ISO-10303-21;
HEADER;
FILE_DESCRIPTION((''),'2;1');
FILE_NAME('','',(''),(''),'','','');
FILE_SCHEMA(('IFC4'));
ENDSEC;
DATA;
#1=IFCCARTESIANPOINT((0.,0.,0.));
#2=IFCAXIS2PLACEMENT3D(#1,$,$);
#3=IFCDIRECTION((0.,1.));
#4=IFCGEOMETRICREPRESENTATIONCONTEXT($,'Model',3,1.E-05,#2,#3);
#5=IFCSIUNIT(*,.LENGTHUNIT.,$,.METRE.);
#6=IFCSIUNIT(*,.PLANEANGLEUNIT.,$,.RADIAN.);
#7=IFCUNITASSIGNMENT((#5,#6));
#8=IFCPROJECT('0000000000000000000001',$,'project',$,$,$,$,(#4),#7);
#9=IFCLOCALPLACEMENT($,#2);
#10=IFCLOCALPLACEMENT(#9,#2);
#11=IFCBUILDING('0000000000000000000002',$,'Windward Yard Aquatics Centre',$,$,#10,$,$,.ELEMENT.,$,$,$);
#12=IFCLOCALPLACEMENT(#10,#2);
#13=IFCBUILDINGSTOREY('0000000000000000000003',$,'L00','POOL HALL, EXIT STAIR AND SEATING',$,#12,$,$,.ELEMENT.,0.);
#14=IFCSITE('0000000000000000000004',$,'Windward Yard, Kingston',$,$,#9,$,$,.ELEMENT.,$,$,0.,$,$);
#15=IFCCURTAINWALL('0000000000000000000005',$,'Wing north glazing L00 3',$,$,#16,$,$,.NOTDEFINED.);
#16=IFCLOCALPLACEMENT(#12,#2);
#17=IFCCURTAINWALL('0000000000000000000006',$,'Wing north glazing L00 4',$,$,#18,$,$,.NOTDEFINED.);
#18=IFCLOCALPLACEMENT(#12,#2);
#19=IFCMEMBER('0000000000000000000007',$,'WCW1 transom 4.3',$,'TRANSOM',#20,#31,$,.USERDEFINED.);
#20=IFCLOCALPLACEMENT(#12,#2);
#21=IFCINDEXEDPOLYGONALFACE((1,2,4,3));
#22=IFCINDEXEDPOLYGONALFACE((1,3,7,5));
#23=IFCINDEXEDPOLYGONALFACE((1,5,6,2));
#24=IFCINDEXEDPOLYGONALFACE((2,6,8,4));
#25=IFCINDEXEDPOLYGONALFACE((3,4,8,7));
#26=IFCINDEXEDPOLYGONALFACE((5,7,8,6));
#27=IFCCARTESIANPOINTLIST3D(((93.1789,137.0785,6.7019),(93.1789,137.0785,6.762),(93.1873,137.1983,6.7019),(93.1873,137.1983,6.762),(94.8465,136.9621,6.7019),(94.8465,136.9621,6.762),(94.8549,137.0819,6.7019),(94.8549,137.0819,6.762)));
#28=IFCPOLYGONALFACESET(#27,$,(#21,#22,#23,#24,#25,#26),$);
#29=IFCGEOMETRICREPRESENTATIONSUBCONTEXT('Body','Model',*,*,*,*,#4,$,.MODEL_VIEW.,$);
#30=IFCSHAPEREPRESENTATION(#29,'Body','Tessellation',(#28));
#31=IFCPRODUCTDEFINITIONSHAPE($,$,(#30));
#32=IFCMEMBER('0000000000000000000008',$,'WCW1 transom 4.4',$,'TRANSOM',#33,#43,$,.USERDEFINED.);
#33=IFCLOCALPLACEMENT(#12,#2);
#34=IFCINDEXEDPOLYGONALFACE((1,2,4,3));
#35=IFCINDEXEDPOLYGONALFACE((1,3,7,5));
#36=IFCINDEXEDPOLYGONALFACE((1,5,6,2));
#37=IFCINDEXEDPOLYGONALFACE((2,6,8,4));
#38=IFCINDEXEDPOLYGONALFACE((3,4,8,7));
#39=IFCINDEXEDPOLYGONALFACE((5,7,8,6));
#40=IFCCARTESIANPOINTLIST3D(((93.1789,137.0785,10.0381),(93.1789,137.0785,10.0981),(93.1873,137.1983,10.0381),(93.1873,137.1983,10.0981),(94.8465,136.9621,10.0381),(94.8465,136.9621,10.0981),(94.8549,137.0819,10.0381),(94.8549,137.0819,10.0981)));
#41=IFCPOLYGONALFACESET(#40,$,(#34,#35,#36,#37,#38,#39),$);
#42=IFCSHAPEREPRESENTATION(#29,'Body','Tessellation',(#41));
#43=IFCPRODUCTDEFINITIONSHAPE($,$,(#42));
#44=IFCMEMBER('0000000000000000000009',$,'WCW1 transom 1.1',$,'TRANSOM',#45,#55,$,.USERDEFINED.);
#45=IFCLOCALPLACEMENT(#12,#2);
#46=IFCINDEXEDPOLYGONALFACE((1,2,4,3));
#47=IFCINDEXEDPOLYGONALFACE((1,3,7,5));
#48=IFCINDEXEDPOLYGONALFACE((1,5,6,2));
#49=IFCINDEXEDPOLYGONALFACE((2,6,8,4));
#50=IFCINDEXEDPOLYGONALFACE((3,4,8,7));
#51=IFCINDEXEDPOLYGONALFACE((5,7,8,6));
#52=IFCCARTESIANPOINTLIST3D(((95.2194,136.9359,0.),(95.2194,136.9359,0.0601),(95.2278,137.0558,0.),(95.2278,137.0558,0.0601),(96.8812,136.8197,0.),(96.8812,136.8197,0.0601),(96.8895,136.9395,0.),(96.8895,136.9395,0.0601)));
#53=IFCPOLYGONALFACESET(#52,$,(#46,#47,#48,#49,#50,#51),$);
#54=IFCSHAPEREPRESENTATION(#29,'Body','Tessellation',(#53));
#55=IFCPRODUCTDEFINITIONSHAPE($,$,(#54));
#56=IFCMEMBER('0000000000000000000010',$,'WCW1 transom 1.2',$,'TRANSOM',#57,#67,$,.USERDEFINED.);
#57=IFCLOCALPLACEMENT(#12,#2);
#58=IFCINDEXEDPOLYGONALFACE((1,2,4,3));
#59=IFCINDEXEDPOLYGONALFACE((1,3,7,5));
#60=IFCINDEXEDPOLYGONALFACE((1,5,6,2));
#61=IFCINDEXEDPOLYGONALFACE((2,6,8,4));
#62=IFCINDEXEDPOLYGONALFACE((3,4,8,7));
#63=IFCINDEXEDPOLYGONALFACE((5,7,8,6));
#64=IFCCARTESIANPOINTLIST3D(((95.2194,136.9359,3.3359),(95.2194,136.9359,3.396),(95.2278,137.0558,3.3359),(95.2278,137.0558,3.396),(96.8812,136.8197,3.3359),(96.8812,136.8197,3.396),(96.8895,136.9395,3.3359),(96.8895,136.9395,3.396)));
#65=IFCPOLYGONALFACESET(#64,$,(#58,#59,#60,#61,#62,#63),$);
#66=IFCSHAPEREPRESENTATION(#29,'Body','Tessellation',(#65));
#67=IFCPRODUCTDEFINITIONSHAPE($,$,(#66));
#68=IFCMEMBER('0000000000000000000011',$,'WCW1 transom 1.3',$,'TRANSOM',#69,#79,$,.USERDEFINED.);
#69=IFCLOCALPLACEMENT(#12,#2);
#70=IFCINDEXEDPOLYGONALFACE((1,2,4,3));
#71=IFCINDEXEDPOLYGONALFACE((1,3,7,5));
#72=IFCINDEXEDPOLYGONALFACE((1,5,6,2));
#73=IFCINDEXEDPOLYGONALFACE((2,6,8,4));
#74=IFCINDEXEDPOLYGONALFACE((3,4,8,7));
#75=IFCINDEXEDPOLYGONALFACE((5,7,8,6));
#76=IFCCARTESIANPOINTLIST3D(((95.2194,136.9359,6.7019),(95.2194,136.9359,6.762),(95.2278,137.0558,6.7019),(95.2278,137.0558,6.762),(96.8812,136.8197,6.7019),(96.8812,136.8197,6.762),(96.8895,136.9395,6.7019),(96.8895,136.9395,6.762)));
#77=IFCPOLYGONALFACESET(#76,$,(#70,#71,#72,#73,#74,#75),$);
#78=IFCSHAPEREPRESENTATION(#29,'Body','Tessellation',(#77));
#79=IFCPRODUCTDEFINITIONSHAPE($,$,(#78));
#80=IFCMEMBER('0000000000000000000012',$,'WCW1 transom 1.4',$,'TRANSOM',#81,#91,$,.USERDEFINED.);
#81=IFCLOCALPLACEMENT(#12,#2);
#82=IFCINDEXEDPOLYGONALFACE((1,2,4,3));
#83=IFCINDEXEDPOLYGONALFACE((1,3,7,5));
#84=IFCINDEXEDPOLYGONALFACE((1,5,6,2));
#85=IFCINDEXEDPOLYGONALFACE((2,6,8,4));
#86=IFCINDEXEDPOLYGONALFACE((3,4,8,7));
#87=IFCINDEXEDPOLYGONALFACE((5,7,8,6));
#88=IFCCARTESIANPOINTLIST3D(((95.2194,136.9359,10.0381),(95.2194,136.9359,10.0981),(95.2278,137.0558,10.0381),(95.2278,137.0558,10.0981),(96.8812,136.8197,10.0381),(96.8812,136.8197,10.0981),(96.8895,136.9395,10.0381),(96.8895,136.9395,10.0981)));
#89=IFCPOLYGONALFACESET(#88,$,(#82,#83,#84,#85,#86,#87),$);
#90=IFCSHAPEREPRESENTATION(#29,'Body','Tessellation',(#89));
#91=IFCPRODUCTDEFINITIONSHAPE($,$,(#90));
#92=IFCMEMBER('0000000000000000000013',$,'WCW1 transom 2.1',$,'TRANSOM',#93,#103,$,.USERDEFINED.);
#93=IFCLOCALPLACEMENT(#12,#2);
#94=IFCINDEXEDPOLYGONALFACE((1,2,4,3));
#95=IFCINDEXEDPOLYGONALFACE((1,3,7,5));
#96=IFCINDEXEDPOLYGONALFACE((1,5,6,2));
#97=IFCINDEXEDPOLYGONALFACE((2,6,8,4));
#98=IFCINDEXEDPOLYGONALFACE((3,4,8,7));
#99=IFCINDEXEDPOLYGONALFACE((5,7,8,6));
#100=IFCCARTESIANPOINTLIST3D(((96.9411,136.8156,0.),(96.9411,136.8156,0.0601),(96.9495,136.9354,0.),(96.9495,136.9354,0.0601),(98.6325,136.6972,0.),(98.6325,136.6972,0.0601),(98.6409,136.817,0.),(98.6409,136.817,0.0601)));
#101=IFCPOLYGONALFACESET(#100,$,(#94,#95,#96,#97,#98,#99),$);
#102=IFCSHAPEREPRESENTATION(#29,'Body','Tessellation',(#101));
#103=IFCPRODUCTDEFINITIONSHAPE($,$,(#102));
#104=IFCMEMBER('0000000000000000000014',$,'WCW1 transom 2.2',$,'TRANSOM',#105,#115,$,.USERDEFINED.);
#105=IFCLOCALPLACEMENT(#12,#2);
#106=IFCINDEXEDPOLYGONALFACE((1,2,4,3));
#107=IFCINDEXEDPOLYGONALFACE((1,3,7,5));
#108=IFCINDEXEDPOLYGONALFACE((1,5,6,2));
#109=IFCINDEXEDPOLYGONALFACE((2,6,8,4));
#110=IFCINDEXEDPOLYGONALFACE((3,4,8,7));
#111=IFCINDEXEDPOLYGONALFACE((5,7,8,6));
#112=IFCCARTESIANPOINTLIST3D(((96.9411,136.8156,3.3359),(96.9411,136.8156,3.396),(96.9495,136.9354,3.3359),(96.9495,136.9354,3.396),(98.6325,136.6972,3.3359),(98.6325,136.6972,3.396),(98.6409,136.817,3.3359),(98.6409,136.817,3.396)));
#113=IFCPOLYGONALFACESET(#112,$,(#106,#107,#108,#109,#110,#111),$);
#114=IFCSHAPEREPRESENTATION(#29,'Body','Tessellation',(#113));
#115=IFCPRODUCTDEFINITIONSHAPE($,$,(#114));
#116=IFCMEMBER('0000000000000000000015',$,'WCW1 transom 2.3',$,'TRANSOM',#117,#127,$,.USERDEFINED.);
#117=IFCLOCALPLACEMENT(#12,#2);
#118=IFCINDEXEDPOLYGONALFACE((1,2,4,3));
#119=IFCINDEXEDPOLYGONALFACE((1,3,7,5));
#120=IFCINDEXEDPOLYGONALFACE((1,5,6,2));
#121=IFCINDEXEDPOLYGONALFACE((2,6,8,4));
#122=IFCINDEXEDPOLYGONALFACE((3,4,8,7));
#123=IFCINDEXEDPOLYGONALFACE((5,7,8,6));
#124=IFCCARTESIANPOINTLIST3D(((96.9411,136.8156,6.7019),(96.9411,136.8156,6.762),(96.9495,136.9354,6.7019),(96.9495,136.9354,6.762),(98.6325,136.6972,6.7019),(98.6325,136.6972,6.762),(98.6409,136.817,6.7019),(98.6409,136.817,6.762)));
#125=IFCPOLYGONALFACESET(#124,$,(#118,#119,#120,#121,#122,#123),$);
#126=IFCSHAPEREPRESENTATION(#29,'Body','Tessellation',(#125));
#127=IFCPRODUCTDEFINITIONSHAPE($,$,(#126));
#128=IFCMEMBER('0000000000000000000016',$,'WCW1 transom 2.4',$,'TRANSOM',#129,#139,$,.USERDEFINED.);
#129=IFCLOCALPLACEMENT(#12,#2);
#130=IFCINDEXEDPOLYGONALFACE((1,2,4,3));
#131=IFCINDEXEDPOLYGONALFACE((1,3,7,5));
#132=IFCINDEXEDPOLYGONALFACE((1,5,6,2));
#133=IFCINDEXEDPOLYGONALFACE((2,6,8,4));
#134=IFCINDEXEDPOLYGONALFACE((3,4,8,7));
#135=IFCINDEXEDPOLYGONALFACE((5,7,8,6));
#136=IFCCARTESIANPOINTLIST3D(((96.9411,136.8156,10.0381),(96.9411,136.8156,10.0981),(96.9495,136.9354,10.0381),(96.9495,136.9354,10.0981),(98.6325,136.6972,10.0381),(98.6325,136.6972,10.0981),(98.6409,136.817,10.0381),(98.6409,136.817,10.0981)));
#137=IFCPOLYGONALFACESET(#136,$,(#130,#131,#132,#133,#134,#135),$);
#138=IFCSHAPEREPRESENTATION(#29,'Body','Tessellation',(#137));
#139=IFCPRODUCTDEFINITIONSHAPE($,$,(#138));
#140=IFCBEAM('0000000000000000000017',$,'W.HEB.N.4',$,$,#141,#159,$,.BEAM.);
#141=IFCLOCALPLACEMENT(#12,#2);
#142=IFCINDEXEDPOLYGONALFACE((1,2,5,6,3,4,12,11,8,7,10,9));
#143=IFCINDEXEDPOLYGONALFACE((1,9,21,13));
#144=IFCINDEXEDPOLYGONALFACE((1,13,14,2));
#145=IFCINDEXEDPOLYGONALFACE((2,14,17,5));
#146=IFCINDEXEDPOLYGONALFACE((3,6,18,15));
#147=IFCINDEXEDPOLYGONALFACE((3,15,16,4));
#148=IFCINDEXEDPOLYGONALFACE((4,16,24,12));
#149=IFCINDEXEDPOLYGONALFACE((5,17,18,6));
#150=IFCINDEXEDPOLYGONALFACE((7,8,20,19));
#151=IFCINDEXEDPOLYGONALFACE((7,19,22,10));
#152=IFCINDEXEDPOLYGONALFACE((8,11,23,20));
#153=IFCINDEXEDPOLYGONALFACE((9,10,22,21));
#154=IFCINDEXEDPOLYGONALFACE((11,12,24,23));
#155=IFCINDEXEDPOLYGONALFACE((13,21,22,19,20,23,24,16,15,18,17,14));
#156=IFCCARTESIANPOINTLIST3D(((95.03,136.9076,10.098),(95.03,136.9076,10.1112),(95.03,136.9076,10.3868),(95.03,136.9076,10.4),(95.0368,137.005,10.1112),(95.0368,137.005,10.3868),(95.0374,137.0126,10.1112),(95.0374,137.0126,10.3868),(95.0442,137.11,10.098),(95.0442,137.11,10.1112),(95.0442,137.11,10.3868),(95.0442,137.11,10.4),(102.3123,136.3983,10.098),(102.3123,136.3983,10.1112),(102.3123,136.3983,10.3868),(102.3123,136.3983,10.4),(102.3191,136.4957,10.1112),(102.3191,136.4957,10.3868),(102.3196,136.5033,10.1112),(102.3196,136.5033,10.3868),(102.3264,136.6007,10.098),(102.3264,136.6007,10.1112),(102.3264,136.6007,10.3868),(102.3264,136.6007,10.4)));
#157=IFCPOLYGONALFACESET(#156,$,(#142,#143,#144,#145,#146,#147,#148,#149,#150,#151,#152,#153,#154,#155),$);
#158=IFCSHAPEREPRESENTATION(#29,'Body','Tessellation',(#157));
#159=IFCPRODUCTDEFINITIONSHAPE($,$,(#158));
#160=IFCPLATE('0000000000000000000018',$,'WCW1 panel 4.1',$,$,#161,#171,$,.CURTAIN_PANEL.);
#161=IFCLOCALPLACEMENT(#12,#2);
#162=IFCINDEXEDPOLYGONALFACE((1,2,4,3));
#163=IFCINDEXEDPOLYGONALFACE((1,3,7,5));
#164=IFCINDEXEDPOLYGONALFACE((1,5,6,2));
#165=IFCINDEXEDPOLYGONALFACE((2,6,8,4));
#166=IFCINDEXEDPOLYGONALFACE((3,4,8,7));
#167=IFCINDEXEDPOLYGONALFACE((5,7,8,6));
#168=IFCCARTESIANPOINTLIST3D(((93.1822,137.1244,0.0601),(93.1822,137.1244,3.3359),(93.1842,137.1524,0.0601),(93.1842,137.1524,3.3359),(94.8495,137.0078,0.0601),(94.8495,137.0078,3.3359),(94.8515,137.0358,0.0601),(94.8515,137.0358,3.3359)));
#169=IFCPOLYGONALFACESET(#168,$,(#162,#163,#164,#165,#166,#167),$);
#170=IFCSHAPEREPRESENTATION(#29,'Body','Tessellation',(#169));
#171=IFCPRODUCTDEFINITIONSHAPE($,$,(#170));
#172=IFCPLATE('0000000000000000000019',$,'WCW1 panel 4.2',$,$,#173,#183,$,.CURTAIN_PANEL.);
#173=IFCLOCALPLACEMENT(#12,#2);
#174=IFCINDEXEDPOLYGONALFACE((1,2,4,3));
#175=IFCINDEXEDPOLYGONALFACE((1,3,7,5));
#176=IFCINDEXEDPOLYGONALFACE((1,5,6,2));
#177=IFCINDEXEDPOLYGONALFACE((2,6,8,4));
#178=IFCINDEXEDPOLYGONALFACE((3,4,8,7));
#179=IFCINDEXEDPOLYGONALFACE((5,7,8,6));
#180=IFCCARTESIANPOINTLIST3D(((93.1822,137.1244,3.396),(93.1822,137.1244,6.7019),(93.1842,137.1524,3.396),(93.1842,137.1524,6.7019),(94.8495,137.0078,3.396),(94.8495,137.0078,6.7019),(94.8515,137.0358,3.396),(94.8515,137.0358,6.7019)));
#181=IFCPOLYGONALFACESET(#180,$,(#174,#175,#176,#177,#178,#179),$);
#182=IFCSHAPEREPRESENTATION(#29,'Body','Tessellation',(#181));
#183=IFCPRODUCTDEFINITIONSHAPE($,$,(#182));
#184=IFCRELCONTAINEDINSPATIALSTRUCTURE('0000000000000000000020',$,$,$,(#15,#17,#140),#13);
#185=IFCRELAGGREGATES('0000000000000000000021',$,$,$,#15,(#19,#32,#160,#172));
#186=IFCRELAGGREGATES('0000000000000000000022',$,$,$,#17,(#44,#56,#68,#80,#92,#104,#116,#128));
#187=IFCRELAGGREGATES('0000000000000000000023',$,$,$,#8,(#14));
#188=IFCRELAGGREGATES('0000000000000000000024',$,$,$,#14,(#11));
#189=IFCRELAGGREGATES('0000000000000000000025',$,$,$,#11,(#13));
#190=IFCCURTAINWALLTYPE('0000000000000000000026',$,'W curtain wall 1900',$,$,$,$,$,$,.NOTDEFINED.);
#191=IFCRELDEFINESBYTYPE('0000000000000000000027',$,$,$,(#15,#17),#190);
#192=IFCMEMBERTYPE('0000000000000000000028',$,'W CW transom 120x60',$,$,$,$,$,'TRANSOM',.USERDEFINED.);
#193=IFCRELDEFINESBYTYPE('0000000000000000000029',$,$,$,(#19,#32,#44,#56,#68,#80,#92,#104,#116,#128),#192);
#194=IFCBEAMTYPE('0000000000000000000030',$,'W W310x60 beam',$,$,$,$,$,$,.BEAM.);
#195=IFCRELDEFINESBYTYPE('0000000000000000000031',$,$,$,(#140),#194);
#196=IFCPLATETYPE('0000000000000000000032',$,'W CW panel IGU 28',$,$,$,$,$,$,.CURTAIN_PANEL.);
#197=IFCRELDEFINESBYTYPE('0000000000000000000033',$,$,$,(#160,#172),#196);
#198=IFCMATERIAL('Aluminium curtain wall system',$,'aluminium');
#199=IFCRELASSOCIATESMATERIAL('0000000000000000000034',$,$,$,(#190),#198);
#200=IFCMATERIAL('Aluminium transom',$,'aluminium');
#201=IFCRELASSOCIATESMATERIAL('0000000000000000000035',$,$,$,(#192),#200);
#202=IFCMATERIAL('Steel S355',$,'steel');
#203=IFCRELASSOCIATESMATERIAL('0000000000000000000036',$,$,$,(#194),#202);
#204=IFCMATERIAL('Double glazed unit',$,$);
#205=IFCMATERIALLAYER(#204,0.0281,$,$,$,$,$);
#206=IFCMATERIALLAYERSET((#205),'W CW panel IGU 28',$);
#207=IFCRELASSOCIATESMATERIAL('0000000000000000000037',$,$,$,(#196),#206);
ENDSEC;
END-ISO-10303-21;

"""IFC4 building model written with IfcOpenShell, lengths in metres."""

from ifc_helpers import new_model, si_unit, direction, frame, origin, origin_2d, place, context, subcontext, project, spatial, rectangle, i_section, extrude, material, layer, layer_set, material_profile, profile_set, type_object, element, aggregate, save


model = new_model("IFC4")

# Units and contexts
model_context = context("Model", 3, precision=1e-05, world=origin(), true_north=direction((0.0, 1.0)))
body_context = subcontext(model_context, "Body", "Model", "MODEL_VIEW")
ifc_project = project(units=[si_unit("LENGTHUNIT", "METRE"), si_unit("PLANEANGLEUNIT", "RADIAN")], contexts=[model_context])

# Site, building, storey
site_placement = place(None, origin())
site = spatial("IfcSite", under=ifc_project, at=site_placement, Name="Windward Yard, Kingston", CompositionType="ELEMENT", RefElevation=0.0)
building_placement = place(site_placement, origin())
building = spatial("IfcBuilding", under=site, at=building_placement, Name="Windward Yard Aquatics Centre", CompositionType="ELEMENT")
storey_placement = place(building_placement, origin())
storey = spatial("IfcBuildingStorey", under=building, at=storey_placement, Name="L00", Description="POOL HALL, EXIT STAIR AND SEATING", CompositionType="ELEMENT", Elevation=0.0)

# Shared definitions
ifc_material_1 = material(Name="Steel S355", Category="steel")

# Curtain walls
ifc_material_2 = material(Name="Aluminium curtain wall system", Category="aluminium")
curtain_wall_type = type_object("IfcCurtainWallType", Name="W curtain wall 1900", PredefinedType="NOTDEFINED", material=ifc_material_2)
curtain_wall_1_placement = place(storey_placement, origin())
curtain_wall_1 = element("IfcCurtainWall", 1, at=curtain_wall_1_placement, inside=storey, type_object=curtain_wall_type, Name="Wing north glazing L00 3", PredefinedType="NOTDEFINED")
curtain_wall_2_placement = place(storey_placement, origin())
curtain_wall_2 = element("IfcCurtainWall", 2, at=curtain_wall_2_placement, inside=storey, type_object=curtain_wall_type, Name="Wing north glazing L00 4", PredefinedType="NOTDEFINED")

# Members
ifc_material_3 = material(Name="Aluminium transom", Category="aluminium")
ifc_material_profile_1 = material_profile(ifc_material_3, rectangle(XDim=0.1201, YDim=0.0601, at=origin_2d()), Name="AL 120x60")
ifc_profile_set_1 = profile_set([ifc_material_profile_1], Name="Aluminium transom")
member_type_1 = type_object("IfcMemberType", Name="W CW transom 120x60", ElementType="TRANSOM", PredefinedType="USERDEFINED", material=ifc_profile_set_1)
member_1_placement = place(storey_placement, frame((93.1831, 137.1384, 6.7319), z_axis=(0.99757, -0.069669, 0.0), x_axis=(0.069669, 0.99757, 0.0)))
member_1 = element("IfcMember", 3, at=member_1_placement, type_object=member_type_1, Name="WCW1 transom 4.3", ObjectType="TRANSOM", PredefinedType="USERDEFINED", context=body_context, shape_type="SweptSolid", body=[
    extrude(rectangle(XDim=0.1201, YDim=0.0601, at=origin_2d()), origin(), (0.0, 0.0, 1.0), 1.6716),
])
member_2_placement = place(storey_placement, frame((93.1831, 137.1384, 10.0681), z_axis=(0.99757, -0.069669, 0.0), x_axis=(0.069669, 0.99757, 0.0)))
member_2 = element("IfcMember", 4, at=member_2_placement, type_object=member_type_1, Name="WCW1 transom 4.4", ObjectType="TRANSOM", PredefinedType="USERDEFINED", context=body_context, shape_type="SweptSolid", body=[
    extrude(rectangle(XDim=0.1201, YDim=0.0601, at=origin_2d()), origin(), (0.0, 0.0, 1.0), 1.6716),
])
member_3_placement = place(storey_placement, frame((95.2236, 136.9958, 0.03), z_axis=(0.997563, -0.069768, 0.0), x_axis=(0.069768, 0.997563, 0.0)))
member_3 = element("IfcMember", 5, at=member_3_placement, type_object=member_type_1, Name="WCW1 transom 1.1", ObjectType="TRANSOM", PredefinedType="USERDEFINED", context=body_context, shape_type="SweptSolid", body=[
    extrude(rectangle(XDim=0.1201, YDim=0.0601, at=origin_2d()), origin(), (0.0, 0.0, 1.0), 1.6658),
])
member_4_placement = place(storey_placement, frame((95.2236, 136.9958, 3.366), z_axis=(0.997563, -0.069768, 0.0), x_axis=(0.069768, 0.997563, 0.0)))
member_4 = element("IfcMember", 6, at=member_4_placement, type_object=member_type_1, Name="WCW1 transom 1.2", ObjectType="TRANSOM", PredefinedType="USERDEFINED", context=body_context, shape_type="SweptSolid", body=[
    extrude(rectangle(XDim=0.1201, YDim=0.0601, at=origin_2d()), origin(), (0.0, 0.0, 1.0), 1.6658),
])
member_5_placement = place(storey_placement, frame((95.2236, 136.9958, 6.7319), z_axis=(0.997563, -0.069768, 0.0), x_axis=(0.069768, 0.997563, 0.0)))
member_5 = element("IfcMember", 7, at=member_5_placement, type_object=member_type_1, Name="WCW1 transom 1.3", ObjectType="TRANSOM", PredefinedType="USERDEFINED", context=body_context, shape_type="SweptSolid", body=[
    extrude(rectangle(XDim=0.1201, YDim=0.0601, at=origin_2d()), origin(), (0.0, 0.0, 1.0), 1.6658),
])
member_6_placement = place(storey_placement, frame((95.2236, 136.9958, 10.0681), z_axis=(0.997563, -0.069768, 0.0), x_axis=(0.069768, 0.997563, 0.0)))
member_6 = element("IfcMember", 8, at=member_6_placement, type_object=member_type_1, Name="WCW1 transom 1.4", ObjectType="TRANSOM", PredefinedType="USERDEFINED", context=body_context, shape_type="SweptSolid", body=[
    extrude(rectangle(XDim=0.1201, YDim=0.0601, at=origin_2d()), origin(), (0.0, 0.0, 1.0), 1.6658),
])
member_7_placement = place(storey_placement, frame((96.9453, 136.8755, 0.03), z_axis=(0.997559, -0.069835, 0.0), x_axis=(0.069835, 0.997559, 0.0)))
member_7 = element("IfcMember", 9, at=member_7_placement, type_object=member_type_1, Name="WCW1 transom 2.1", ObjectType="TRANSOM", PredefinedType="USERDEFINED", context=body_context, shape_type="SweptSolid", body=[
    extrude(rectangle(XDim=0.1201, YDim=0.0601, at=origin_2d()), origin(), (0.0, 0.0, 1.0), 1.6956),
])
member_8_placement = place(storey_placement, frame((96.9453, 136.8755, 3.366), z_axis=(0.997559, -0.069835, 0.0), x_axis=(0.069835, 0.997559, 0.0)))
member_8 = element("IfcMember", 10, at=member_8_placement, type_object=member_type_1, Name="WCW1 transom 2.2", ObjectType="TRANSOM", PredefinedType="USERDEFINED", context=body_context, shape_type="SweptSolid", body=[
    extrude(rectangle(XDim=0.1201, YDim=0.0601, at=origin_2d()), origin(), (0.0, 0.0, 1.0), 1.6956),
])
member_9_placement = place(storey_placement, frame((96.9453, 136.8755, 6.7319), z_axis=(0.997559, -0.069835, 0.0), x_axis=(0.069835, 0.997559, 0.0)))
member_9 = element("IfcMember", 11, at=member_9_placement, type_object=member_type_1, Name="WCW1 transom 2.3", ObjectType="TRANSOM", PredefinedType="USERDEFINED", context=body_context, shape_type="SweptSolid", body=[
    extrude(rectangle(XDim=0.1201, YDim=0.0601, at=origin_2d()), origin(), (0.0, 0.0, 1.0), 1.6956),
])
member_10_placement = place(storey_placement, frame((96.9453, 136.8755, 10.0681), z_axis=(0.997559, -0.069835, 0.0), x_axis=(0.069835, 0.997559, 0.0)))
member_10 = element("IfcMember", 12, at=member_10_placement, type_object=member_type_1, Name="WCW1 transom 2.4", ObjectType="TRANSOM", PredefinedType="USERDEFINED", context=body_context, shape_type="SweptSolid", body=[
    extrude(rectangle(XDim=0.1201, YDim=0.0601, at=origin_2d()), origin(), (0.0, 0.0, 1.0), 1.6956),
])

# Beam
ifc_material_profile_2 = material_profile(ifc_material_1, i_section(OverallWidth=0.2029, OverallDepth=0.302, WebThickness=0.0076, FlangeThickness=0.0132, at=origin_2d()), Name="W310x60")
ifc_profile_set_2 = profile_set([ifc_material_profile_2], Name="Steel S355")
beam_type = type_object("IfcBeamType", Name="W W310x60 beam", PredefinedType="BEAM", material=ifc_profile_set_2)
beam_placement = place(storey_placement, frame((95.0371, 137.0088, 10.249), z_axis=(0.997564, -0.069764, 0.0), x_axis=(0.069764, 0.997564, 0.0)))
element("IfcBeam", 13, at=beam_placement, inside=storey, type_object=beam_type, Name="W.HEB.N.4", PredefinedType="BEAM", context=body_context, shape_type="SweptSolid", body=[
    extrude(i_section(OverallWidth=0.2029, OverallDepth=0.302, WebThickness=0.0076, FlangeThickness=0.0132, at=origin_2d()), origin(), (0.0, 0.0, 1.0), 7.3),
])

# Plates
ifc_material_4 = material(Name="Double glazed unit")
ifc_layer = layer(ifc_material_4, 0.0281)
ifc_layer_set = layer_set([ifc_layer], Name="W CW panel IGU 28")
plate_type = type_object("IfcPlateType", Name="W CW panel IGU 28", PredefinedType="CURTAIN_PANEL", material=ifc_layer_set)
plate_1_placement = place(storey_placement, frame((94.0168, 137.0801, 0.0601), z_axis=(0.0, 0.0, 1.0), x_axis=(0.997564, -0.069756, 0.0)))
plate_1 = element("IfcPlate", 14, at=plate_1_placement, type_object=plate_type, Name="WCW1 panel 4.1", PredefinedType="CURTAIN_PANEL", context=body_context, shape_type="SweptSolid", body=[
    extrude(rectangle(XDim=1.6714, YDim=0.0281, at=origin_2d()), origin(), (0.0, 0.0, 1.0), 3.2759),
])
plate_2_placement = place(storey_placement, frame((94.0168, 137.0801, 3.396), z_axis=(0.0, 0.0, 1.0), x_axis=(0.997564, -0.069756, 0.0)))
plate_2 = element("IfcPlate", 15, at=plate_2_placement, type_object=plate_type, Name="WCW1 panel 4.2", PredefinedType="CURTAIN_PANEL", context=body_context, shape_type="SweptSolid", body=[
    extrude(rectangle(XDim=1.6714, YDim=0.0281, at=origin_2d()), origin(), (0.0, 0.0, 1.0), 3.3059),
])
aggregate(curtain_wall_1, [member_1, member_2, plate_1, plate_2])
aggregate(curtain_wall_2, [member_3, member_4, member_5, member_6, member_7, member_8, member_9, member_10])

save(model, "model.ifc")
